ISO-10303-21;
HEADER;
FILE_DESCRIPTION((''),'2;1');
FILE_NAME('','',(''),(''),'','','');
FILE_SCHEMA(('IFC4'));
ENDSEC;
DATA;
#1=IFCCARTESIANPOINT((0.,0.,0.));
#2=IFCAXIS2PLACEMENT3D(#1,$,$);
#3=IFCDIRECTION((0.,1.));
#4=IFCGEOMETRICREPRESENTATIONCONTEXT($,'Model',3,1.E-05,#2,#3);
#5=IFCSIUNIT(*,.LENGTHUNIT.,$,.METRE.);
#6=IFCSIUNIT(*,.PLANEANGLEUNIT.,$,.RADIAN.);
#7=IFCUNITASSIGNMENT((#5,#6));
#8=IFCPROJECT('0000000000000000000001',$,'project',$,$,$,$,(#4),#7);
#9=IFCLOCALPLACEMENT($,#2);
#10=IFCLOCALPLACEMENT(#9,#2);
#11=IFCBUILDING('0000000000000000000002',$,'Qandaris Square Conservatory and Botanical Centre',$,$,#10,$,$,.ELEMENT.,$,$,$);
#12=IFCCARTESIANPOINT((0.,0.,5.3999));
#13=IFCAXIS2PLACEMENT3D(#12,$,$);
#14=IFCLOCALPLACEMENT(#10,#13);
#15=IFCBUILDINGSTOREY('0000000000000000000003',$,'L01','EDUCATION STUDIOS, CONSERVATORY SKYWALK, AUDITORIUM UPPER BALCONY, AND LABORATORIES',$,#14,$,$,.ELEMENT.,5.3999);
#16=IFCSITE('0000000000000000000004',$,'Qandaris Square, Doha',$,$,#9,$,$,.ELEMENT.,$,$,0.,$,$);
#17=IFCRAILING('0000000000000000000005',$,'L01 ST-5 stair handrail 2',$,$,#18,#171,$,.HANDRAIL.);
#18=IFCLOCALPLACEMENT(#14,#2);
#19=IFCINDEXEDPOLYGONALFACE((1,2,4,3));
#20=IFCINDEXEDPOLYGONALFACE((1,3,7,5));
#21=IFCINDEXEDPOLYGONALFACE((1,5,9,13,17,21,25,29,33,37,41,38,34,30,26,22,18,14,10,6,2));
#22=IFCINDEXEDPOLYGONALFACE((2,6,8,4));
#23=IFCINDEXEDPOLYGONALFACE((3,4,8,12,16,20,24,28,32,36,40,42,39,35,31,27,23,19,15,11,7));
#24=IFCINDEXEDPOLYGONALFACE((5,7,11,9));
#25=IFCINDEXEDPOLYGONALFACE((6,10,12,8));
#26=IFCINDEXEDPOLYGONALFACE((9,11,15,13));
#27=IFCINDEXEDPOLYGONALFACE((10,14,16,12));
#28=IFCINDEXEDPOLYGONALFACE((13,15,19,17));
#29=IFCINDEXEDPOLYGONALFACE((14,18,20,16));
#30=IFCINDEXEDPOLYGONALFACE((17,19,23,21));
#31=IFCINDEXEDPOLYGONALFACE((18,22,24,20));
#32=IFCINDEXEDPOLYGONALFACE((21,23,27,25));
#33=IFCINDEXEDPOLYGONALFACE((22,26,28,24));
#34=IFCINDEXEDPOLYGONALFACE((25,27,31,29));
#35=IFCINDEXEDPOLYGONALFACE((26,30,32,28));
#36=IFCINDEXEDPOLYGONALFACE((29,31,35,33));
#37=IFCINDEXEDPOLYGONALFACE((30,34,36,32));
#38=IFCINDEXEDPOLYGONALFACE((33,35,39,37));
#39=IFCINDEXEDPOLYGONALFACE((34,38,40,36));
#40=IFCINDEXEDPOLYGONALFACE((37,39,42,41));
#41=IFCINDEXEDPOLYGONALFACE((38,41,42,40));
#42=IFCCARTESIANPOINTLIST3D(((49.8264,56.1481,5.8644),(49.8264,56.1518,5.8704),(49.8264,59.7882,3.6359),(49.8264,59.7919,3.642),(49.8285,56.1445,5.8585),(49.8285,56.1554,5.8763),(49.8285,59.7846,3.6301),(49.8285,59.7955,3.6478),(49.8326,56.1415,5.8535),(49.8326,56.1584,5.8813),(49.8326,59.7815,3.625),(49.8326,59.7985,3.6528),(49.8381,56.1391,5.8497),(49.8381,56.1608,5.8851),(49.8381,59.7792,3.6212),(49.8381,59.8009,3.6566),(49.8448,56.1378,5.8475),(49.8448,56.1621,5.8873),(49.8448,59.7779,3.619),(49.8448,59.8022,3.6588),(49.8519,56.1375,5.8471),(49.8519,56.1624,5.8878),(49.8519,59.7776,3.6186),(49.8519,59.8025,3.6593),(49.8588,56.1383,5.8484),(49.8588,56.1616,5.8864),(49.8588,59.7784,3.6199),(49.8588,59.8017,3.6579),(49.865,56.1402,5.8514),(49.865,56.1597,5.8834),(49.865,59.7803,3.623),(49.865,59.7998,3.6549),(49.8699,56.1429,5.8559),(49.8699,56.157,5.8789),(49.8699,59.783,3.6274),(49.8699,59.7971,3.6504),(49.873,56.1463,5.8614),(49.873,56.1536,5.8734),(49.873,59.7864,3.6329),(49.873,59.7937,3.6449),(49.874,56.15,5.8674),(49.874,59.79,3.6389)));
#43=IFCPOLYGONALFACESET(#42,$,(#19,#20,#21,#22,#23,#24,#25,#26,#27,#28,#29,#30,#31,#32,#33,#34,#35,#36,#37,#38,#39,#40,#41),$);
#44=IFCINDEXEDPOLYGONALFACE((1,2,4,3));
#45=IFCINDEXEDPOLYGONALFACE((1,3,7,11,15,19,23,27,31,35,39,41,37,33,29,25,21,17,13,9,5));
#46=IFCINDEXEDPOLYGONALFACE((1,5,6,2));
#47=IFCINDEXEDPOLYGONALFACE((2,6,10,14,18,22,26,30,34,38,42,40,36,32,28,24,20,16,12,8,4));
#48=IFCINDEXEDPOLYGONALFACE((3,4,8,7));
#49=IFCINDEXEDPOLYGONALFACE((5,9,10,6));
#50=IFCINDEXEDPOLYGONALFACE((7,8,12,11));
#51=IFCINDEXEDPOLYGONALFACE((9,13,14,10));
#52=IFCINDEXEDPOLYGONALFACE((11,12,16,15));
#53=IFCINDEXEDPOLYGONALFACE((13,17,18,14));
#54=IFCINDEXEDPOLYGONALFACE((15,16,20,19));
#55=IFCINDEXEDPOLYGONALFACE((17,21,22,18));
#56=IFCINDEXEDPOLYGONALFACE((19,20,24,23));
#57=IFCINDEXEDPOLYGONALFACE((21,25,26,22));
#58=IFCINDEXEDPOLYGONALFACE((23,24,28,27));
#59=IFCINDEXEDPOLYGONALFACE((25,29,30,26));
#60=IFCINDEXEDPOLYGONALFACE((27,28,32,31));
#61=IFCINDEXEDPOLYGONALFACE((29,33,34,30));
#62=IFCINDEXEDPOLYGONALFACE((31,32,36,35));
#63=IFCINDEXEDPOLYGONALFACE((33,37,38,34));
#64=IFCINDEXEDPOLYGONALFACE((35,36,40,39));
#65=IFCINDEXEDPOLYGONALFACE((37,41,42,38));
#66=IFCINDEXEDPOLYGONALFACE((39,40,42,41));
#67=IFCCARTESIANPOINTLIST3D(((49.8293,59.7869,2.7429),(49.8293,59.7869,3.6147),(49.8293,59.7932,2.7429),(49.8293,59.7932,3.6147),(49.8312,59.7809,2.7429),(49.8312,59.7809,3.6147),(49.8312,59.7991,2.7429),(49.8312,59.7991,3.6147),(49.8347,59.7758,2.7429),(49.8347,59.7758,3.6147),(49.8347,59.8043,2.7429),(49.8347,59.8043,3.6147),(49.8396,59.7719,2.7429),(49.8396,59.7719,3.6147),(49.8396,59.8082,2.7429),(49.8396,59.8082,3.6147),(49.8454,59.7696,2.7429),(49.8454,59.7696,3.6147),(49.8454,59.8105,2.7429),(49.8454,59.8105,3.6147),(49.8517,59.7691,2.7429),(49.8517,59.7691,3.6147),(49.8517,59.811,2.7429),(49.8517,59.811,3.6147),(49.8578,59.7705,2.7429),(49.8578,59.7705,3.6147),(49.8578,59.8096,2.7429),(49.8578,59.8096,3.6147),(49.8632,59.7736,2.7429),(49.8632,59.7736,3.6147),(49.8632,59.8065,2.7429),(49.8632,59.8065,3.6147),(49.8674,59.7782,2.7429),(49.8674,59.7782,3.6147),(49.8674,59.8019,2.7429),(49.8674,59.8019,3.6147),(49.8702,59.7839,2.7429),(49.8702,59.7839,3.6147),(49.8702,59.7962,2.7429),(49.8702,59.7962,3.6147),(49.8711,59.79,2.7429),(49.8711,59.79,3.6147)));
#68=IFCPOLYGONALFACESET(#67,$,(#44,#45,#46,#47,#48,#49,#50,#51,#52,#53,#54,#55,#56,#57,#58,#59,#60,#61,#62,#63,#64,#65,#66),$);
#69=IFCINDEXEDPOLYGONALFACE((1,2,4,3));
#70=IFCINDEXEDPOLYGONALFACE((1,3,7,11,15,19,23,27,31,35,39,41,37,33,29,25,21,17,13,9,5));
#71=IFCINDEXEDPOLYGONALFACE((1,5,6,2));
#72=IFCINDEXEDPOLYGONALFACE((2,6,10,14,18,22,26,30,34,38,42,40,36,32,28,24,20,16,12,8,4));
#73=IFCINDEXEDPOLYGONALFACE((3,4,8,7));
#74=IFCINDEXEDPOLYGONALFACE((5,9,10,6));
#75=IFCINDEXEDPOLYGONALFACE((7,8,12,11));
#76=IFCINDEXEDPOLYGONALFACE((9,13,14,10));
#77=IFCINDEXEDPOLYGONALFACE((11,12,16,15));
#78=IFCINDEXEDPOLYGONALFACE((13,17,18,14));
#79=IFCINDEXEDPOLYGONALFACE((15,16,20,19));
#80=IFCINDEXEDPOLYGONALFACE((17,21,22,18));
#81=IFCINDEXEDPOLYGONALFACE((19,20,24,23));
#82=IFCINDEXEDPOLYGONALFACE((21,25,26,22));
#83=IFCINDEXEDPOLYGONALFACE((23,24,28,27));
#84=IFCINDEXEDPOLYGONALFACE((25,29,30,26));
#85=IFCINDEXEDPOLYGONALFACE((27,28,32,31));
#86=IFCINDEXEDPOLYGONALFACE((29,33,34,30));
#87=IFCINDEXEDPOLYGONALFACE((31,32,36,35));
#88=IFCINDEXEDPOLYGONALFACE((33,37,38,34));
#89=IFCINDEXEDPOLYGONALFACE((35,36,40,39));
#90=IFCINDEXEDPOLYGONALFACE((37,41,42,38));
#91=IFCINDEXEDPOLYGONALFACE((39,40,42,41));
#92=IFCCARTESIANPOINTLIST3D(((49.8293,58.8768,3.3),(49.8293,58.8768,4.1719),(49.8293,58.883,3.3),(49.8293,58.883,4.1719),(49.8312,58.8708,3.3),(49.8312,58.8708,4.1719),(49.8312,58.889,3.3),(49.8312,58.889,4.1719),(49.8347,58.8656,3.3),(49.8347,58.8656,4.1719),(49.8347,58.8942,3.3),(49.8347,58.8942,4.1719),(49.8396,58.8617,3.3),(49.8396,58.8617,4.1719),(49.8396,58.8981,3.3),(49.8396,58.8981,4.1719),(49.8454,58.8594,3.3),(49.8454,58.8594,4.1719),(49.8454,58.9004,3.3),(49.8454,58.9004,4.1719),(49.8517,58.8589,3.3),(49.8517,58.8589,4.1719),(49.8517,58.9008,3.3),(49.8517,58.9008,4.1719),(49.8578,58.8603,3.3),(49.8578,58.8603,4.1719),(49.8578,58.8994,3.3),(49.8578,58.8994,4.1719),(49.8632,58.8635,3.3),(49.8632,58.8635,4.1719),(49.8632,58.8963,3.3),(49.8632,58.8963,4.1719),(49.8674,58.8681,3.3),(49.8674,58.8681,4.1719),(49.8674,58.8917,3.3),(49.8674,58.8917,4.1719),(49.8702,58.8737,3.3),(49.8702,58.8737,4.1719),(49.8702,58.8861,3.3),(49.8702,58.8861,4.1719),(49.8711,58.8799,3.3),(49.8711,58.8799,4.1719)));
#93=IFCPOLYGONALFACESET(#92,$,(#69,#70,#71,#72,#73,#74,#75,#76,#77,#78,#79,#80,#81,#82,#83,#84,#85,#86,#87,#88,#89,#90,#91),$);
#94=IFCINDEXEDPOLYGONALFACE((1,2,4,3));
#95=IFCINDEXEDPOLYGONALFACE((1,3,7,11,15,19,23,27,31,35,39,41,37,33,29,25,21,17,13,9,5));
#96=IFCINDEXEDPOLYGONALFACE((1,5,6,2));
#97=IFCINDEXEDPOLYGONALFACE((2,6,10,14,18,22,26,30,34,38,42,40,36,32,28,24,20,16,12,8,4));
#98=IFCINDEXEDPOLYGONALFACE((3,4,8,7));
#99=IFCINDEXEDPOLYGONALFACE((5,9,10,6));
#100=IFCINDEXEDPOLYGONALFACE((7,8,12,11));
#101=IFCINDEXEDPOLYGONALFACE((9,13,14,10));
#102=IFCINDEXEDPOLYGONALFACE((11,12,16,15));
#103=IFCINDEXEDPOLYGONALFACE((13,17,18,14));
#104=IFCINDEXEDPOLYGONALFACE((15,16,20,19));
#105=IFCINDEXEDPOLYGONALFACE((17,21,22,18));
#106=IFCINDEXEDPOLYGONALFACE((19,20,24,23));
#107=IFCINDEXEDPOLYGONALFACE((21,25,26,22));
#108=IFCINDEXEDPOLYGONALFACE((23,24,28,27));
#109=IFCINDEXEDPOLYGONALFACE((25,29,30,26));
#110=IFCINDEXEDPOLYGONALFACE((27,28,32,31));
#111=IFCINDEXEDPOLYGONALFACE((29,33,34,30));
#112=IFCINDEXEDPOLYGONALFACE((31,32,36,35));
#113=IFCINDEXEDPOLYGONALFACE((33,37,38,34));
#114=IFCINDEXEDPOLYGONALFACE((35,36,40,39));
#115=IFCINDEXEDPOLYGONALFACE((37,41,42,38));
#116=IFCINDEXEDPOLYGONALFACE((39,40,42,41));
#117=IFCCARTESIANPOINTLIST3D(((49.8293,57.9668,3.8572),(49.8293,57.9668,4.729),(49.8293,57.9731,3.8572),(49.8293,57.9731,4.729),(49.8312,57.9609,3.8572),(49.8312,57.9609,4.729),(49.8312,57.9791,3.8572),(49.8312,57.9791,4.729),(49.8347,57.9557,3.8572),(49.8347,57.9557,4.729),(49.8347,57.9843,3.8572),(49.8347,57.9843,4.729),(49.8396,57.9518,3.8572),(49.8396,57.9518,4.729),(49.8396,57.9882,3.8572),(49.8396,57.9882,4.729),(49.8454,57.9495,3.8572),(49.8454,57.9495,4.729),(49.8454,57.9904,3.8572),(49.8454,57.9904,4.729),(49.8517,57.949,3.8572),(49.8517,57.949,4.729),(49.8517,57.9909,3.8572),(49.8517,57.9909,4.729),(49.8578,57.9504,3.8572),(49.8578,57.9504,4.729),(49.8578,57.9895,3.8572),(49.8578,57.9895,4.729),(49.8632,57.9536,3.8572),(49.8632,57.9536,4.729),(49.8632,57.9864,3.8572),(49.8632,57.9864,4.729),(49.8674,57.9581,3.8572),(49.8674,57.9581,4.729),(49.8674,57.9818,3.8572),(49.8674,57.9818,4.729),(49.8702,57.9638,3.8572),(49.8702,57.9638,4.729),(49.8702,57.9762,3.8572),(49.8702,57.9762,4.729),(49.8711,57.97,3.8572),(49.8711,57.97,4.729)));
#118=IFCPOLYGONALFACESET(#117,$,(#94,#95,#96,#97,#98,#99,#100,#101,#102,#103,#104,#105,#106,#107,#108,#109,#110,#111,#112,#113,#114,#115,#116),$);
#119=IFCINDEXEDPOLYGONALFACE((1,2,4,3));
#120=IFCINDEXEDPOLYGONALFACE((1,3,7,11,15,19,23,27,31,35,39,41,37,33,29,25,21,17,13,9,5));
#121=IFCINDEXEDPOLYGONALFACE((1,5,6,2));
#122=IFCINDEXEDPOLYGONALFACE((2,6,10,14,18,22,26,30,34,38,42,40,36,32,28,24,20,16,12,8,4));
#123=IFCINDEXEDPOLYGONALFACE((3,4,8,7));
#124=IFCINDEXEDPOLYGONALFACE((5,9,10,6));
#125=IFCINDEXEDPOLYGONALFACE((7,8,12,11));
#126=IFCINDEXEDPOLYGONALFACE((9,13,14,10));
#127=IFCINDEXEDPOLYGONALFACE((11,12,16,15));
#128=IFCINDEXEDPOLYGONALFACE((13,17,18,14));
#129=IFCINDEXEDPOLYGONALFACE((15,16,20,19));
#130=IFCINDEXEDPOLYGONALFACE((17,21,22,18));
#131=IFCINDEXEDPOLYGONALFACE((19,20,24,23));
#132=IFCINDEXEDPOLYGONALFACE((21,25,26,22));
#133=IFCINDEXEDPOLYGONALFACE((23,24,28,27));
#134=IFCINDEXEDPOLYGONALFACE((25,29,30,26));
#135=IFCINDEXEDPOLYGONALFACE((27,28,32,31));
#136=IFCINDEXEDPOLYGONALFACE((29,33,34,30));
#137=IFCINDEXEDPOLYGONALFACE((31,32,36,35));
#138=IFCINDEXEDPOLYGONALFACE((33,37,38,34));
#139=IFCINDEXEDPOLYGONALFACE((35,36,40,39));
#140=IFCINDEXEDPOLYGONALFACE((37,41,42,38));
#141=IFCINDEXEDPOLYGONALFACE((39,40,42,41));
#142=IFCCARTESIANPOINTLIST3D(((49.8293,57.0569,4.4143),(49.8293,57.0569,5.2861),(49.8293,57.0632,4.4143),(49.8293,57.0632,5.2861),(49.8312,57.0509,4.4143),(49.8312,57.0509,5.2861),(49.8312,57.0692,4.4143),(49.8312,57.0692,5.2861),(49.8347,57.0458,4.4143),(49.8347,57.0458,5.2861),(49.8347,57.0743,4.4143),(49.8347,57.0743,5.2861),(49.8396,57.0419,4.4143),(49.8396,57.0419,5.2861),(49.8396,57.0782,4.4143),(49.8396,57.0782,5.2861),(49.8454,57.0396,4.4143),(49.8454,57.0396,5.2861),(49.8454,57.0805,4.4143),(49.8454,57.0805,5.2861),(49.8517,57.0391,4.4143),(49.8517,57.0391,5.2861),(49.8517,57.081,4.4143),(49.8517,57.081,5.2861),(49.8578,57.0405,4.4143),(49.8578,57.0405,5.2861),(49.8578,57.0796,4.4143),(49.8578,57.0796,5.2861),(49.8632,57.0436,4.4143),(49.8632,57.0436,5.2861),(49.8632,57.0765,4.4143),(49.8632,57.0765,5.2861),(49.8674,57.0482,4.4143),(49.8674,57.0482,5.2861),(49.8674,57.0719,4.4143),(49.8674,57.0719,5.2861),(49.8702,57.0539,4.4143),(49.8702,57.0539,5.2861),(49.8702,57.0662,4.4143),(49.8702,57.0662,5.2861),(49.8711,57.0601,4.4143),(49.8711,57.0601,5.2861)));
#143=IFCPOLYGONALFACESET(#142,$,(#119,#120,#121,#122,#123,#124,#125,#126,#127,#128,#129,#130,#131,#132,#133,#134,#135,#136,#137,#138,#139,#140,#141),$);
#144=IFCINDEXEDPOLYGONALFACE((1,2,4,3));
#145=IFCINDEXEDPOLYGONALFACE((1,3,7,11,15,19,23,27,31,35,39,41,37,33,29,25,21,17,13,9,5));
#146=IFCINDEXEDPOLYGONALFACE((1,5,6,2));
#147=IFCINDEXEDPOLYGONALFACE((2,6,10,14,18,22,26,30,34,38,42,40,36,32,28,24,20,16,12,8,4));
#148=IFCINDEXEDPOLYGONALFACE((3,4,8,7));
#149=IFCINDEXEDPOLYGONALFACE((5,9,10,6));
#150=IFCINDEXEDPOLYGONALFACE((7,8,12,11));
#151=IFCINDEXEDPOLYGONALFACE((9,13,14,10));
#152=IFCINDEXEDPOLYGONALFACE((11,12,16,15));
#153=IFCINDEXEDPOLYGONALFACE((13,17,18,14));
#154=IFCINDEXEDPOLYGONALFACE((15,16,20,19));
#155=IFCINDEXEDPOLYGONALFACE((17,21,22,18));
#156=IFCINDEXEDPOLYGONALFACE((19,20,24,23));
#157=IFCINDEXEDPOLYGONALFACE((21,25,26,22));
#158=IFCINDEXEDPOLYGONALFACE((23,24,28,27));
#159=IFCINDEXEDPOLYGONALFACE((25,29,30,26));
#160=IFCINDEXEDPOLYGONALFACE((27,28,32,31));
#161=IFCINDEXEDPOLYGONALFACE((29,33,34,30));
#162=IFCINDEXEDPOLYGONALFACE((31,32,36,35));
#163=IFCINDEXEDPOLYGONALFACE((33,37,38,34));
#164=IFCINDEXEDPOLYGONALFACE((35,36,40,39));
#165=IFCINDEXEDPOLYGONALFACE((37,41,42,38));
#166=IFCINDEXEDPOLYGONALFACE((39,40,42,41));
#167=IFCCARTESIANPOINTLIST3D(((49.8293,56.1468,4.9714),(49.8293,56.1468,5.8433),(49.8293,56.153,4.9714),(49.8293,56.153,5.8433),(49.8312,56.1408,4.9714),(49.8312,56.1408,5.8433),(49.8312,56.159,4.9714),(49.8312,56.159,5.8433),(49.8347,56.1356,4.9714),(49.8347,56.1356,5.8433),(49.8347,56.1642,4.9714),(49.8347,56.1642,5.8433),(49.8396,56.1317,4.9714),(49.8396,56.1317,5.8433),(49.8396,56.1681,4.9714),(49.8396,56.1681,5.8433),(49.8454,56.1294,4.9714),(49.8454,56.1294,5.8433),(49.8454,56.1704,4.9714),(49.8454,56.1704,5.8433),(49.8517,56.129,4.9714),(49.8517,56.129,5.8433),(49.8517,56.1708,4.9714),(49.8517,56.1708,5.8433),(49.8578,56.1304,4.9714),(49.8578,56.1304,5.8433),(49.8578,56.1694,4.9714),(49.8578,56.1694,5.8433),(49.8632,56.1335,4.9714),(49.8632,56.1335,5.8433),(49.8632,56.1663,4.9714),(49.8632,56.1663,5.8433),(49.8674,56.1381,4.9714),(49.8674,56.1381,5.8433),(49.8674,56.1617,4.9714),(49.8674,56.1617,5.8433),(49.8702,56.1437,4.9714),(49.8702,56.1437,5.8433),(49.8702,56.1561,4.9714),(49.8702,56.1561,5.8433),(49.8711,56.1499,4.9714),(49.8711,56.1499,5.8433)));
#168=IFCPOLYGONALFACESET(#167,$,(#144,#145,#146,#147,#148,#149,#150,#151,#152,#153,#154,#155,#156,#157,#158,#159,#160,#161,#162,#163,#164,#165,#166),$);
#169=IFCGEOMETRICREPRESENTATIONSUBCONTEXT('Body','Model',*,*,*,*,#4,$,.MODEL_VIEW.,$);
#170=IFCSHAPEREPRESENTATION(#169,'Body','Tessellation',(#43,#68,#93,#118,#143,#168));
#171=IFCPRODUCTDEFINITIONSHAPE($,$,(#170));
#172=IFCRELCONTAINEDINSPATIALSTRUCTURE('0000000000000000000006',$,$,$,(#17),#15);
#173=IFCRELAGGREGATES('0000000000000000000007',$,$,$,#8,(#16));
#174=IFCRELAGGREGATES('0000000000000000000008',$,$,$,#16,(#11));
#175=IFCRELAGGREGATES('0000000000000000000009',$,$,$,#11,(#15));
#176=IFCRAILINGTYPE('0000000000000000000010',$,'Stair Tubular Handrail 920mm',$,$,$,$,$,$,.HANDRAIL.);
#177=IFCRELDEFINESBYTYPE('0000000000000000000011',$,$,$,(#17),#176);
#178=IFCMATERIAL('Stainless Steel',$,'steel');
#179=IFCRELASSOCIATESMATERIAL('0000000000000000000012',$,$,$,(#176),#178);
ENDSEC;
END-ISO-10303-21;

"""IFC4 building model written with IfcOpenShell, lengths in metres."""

from ifc_helpers import new_model, si_unit, direction, frame, origin, origin_2d, place, context, subcontext, project, spatial, circle, extrude, material, type_object, element, save


model = new_model("IFC4")

# Units and contexts
model_context = context("Model", 3, precision=1e-05, world=origin(), true_north=direction((0.0, 1.0)))
body_context = subcontext(model_context, "Body", "Model", "MODEL_VIEW")
ifc_project = project(units=[si_unit("LENGTHUNIT", "METRE"), si_unit("PLANEANGLEUNIT", "RADIAN")], contexts=[model_context])

# Site, building, storey
site_placement = place(None, origin())
site = spatial("IfcSite", under=ifc_project, at=site_placement, Name="Qandaris Square, Doha", CompositionType="ELEMENT", RefElevation=0.0)
building_placement = place(site_placement, origin())
building = spatial("IfcBuilding", under=site, at=building_placement, Name="Qandaris Square Conservatory and Botanical Centre", CompositionType="ELEMENT")
storey_placement = place(building_placement, frame((0.0, 0.0, 5.3999)))
storey = spatial("IfcBuildingStorey", under=building, at=storey_placement, Name="L01", Description="EDUCATION STUDIOS, CONSERVATORY SKYWALK, AUDITORIUM UPPER BALCONY, AND LABORATORIES", CompositionType="ELEMENT", Elevation=5.3999)

# Railing
ifc_material_1 = material(Name="Stainless Steel", Category="steel")
railing_type_1 = type_object("IfcRailingType", Name="Stair Tubular Handrail 920mm", PredefinedType="HANDRAIL", material=ifc_material_1)
railing_1_placement = place(storey_placement, frame((49.8501, 59.79, 2.7429)))
element("IfcRailing", 1, at=railing_1_placement, inside=storey, type_object=railing_type_1, Name="L01 ST-5 stair handrail 2", PredefinedType="HANDRAIL", context=body_context, shape_type="SweptSolid", body=[
    extrude(circle(Radius=0.0239, at=origin_2d()), frame((0.0, 0.0, 0.896), z_axis=(0.0, -0.852866, 0.52213), x_axis=(1.0, 0.0, 0.0)), (0.0, 0.0, 1.0), 4.2681),
    extrude(circle(Radius=0.021, at=origin_2d()), origin(), (0.0, 0.0, 1.0), 0.8718),
    extrude(circle(Radius=0.021, at=origin_2d()), frame((0.0, -0.9102, 0.5571)), (0.0, 0.0, 1.0), 0.8718),
    extrude(circle(Radius=0.021, at=origin_2d()), frame((0.0, -1.8201, 1.1143)), (0.0, 0.0, 1.0), 0.8718),
    extrude(circle(Radius=0.021, at=origin_2d()), frame((0.0, -2.73, 1.6714)), (0.0, 0.0, 1.0), 0.8718),
    extrude(circle(Radius=0.021, at=origin_2d()), frame((0.0, -3.6401, 2.2285)), (0.0, 0.0, 1.0), 0.8718),
])

save(model, "model.ifc")
